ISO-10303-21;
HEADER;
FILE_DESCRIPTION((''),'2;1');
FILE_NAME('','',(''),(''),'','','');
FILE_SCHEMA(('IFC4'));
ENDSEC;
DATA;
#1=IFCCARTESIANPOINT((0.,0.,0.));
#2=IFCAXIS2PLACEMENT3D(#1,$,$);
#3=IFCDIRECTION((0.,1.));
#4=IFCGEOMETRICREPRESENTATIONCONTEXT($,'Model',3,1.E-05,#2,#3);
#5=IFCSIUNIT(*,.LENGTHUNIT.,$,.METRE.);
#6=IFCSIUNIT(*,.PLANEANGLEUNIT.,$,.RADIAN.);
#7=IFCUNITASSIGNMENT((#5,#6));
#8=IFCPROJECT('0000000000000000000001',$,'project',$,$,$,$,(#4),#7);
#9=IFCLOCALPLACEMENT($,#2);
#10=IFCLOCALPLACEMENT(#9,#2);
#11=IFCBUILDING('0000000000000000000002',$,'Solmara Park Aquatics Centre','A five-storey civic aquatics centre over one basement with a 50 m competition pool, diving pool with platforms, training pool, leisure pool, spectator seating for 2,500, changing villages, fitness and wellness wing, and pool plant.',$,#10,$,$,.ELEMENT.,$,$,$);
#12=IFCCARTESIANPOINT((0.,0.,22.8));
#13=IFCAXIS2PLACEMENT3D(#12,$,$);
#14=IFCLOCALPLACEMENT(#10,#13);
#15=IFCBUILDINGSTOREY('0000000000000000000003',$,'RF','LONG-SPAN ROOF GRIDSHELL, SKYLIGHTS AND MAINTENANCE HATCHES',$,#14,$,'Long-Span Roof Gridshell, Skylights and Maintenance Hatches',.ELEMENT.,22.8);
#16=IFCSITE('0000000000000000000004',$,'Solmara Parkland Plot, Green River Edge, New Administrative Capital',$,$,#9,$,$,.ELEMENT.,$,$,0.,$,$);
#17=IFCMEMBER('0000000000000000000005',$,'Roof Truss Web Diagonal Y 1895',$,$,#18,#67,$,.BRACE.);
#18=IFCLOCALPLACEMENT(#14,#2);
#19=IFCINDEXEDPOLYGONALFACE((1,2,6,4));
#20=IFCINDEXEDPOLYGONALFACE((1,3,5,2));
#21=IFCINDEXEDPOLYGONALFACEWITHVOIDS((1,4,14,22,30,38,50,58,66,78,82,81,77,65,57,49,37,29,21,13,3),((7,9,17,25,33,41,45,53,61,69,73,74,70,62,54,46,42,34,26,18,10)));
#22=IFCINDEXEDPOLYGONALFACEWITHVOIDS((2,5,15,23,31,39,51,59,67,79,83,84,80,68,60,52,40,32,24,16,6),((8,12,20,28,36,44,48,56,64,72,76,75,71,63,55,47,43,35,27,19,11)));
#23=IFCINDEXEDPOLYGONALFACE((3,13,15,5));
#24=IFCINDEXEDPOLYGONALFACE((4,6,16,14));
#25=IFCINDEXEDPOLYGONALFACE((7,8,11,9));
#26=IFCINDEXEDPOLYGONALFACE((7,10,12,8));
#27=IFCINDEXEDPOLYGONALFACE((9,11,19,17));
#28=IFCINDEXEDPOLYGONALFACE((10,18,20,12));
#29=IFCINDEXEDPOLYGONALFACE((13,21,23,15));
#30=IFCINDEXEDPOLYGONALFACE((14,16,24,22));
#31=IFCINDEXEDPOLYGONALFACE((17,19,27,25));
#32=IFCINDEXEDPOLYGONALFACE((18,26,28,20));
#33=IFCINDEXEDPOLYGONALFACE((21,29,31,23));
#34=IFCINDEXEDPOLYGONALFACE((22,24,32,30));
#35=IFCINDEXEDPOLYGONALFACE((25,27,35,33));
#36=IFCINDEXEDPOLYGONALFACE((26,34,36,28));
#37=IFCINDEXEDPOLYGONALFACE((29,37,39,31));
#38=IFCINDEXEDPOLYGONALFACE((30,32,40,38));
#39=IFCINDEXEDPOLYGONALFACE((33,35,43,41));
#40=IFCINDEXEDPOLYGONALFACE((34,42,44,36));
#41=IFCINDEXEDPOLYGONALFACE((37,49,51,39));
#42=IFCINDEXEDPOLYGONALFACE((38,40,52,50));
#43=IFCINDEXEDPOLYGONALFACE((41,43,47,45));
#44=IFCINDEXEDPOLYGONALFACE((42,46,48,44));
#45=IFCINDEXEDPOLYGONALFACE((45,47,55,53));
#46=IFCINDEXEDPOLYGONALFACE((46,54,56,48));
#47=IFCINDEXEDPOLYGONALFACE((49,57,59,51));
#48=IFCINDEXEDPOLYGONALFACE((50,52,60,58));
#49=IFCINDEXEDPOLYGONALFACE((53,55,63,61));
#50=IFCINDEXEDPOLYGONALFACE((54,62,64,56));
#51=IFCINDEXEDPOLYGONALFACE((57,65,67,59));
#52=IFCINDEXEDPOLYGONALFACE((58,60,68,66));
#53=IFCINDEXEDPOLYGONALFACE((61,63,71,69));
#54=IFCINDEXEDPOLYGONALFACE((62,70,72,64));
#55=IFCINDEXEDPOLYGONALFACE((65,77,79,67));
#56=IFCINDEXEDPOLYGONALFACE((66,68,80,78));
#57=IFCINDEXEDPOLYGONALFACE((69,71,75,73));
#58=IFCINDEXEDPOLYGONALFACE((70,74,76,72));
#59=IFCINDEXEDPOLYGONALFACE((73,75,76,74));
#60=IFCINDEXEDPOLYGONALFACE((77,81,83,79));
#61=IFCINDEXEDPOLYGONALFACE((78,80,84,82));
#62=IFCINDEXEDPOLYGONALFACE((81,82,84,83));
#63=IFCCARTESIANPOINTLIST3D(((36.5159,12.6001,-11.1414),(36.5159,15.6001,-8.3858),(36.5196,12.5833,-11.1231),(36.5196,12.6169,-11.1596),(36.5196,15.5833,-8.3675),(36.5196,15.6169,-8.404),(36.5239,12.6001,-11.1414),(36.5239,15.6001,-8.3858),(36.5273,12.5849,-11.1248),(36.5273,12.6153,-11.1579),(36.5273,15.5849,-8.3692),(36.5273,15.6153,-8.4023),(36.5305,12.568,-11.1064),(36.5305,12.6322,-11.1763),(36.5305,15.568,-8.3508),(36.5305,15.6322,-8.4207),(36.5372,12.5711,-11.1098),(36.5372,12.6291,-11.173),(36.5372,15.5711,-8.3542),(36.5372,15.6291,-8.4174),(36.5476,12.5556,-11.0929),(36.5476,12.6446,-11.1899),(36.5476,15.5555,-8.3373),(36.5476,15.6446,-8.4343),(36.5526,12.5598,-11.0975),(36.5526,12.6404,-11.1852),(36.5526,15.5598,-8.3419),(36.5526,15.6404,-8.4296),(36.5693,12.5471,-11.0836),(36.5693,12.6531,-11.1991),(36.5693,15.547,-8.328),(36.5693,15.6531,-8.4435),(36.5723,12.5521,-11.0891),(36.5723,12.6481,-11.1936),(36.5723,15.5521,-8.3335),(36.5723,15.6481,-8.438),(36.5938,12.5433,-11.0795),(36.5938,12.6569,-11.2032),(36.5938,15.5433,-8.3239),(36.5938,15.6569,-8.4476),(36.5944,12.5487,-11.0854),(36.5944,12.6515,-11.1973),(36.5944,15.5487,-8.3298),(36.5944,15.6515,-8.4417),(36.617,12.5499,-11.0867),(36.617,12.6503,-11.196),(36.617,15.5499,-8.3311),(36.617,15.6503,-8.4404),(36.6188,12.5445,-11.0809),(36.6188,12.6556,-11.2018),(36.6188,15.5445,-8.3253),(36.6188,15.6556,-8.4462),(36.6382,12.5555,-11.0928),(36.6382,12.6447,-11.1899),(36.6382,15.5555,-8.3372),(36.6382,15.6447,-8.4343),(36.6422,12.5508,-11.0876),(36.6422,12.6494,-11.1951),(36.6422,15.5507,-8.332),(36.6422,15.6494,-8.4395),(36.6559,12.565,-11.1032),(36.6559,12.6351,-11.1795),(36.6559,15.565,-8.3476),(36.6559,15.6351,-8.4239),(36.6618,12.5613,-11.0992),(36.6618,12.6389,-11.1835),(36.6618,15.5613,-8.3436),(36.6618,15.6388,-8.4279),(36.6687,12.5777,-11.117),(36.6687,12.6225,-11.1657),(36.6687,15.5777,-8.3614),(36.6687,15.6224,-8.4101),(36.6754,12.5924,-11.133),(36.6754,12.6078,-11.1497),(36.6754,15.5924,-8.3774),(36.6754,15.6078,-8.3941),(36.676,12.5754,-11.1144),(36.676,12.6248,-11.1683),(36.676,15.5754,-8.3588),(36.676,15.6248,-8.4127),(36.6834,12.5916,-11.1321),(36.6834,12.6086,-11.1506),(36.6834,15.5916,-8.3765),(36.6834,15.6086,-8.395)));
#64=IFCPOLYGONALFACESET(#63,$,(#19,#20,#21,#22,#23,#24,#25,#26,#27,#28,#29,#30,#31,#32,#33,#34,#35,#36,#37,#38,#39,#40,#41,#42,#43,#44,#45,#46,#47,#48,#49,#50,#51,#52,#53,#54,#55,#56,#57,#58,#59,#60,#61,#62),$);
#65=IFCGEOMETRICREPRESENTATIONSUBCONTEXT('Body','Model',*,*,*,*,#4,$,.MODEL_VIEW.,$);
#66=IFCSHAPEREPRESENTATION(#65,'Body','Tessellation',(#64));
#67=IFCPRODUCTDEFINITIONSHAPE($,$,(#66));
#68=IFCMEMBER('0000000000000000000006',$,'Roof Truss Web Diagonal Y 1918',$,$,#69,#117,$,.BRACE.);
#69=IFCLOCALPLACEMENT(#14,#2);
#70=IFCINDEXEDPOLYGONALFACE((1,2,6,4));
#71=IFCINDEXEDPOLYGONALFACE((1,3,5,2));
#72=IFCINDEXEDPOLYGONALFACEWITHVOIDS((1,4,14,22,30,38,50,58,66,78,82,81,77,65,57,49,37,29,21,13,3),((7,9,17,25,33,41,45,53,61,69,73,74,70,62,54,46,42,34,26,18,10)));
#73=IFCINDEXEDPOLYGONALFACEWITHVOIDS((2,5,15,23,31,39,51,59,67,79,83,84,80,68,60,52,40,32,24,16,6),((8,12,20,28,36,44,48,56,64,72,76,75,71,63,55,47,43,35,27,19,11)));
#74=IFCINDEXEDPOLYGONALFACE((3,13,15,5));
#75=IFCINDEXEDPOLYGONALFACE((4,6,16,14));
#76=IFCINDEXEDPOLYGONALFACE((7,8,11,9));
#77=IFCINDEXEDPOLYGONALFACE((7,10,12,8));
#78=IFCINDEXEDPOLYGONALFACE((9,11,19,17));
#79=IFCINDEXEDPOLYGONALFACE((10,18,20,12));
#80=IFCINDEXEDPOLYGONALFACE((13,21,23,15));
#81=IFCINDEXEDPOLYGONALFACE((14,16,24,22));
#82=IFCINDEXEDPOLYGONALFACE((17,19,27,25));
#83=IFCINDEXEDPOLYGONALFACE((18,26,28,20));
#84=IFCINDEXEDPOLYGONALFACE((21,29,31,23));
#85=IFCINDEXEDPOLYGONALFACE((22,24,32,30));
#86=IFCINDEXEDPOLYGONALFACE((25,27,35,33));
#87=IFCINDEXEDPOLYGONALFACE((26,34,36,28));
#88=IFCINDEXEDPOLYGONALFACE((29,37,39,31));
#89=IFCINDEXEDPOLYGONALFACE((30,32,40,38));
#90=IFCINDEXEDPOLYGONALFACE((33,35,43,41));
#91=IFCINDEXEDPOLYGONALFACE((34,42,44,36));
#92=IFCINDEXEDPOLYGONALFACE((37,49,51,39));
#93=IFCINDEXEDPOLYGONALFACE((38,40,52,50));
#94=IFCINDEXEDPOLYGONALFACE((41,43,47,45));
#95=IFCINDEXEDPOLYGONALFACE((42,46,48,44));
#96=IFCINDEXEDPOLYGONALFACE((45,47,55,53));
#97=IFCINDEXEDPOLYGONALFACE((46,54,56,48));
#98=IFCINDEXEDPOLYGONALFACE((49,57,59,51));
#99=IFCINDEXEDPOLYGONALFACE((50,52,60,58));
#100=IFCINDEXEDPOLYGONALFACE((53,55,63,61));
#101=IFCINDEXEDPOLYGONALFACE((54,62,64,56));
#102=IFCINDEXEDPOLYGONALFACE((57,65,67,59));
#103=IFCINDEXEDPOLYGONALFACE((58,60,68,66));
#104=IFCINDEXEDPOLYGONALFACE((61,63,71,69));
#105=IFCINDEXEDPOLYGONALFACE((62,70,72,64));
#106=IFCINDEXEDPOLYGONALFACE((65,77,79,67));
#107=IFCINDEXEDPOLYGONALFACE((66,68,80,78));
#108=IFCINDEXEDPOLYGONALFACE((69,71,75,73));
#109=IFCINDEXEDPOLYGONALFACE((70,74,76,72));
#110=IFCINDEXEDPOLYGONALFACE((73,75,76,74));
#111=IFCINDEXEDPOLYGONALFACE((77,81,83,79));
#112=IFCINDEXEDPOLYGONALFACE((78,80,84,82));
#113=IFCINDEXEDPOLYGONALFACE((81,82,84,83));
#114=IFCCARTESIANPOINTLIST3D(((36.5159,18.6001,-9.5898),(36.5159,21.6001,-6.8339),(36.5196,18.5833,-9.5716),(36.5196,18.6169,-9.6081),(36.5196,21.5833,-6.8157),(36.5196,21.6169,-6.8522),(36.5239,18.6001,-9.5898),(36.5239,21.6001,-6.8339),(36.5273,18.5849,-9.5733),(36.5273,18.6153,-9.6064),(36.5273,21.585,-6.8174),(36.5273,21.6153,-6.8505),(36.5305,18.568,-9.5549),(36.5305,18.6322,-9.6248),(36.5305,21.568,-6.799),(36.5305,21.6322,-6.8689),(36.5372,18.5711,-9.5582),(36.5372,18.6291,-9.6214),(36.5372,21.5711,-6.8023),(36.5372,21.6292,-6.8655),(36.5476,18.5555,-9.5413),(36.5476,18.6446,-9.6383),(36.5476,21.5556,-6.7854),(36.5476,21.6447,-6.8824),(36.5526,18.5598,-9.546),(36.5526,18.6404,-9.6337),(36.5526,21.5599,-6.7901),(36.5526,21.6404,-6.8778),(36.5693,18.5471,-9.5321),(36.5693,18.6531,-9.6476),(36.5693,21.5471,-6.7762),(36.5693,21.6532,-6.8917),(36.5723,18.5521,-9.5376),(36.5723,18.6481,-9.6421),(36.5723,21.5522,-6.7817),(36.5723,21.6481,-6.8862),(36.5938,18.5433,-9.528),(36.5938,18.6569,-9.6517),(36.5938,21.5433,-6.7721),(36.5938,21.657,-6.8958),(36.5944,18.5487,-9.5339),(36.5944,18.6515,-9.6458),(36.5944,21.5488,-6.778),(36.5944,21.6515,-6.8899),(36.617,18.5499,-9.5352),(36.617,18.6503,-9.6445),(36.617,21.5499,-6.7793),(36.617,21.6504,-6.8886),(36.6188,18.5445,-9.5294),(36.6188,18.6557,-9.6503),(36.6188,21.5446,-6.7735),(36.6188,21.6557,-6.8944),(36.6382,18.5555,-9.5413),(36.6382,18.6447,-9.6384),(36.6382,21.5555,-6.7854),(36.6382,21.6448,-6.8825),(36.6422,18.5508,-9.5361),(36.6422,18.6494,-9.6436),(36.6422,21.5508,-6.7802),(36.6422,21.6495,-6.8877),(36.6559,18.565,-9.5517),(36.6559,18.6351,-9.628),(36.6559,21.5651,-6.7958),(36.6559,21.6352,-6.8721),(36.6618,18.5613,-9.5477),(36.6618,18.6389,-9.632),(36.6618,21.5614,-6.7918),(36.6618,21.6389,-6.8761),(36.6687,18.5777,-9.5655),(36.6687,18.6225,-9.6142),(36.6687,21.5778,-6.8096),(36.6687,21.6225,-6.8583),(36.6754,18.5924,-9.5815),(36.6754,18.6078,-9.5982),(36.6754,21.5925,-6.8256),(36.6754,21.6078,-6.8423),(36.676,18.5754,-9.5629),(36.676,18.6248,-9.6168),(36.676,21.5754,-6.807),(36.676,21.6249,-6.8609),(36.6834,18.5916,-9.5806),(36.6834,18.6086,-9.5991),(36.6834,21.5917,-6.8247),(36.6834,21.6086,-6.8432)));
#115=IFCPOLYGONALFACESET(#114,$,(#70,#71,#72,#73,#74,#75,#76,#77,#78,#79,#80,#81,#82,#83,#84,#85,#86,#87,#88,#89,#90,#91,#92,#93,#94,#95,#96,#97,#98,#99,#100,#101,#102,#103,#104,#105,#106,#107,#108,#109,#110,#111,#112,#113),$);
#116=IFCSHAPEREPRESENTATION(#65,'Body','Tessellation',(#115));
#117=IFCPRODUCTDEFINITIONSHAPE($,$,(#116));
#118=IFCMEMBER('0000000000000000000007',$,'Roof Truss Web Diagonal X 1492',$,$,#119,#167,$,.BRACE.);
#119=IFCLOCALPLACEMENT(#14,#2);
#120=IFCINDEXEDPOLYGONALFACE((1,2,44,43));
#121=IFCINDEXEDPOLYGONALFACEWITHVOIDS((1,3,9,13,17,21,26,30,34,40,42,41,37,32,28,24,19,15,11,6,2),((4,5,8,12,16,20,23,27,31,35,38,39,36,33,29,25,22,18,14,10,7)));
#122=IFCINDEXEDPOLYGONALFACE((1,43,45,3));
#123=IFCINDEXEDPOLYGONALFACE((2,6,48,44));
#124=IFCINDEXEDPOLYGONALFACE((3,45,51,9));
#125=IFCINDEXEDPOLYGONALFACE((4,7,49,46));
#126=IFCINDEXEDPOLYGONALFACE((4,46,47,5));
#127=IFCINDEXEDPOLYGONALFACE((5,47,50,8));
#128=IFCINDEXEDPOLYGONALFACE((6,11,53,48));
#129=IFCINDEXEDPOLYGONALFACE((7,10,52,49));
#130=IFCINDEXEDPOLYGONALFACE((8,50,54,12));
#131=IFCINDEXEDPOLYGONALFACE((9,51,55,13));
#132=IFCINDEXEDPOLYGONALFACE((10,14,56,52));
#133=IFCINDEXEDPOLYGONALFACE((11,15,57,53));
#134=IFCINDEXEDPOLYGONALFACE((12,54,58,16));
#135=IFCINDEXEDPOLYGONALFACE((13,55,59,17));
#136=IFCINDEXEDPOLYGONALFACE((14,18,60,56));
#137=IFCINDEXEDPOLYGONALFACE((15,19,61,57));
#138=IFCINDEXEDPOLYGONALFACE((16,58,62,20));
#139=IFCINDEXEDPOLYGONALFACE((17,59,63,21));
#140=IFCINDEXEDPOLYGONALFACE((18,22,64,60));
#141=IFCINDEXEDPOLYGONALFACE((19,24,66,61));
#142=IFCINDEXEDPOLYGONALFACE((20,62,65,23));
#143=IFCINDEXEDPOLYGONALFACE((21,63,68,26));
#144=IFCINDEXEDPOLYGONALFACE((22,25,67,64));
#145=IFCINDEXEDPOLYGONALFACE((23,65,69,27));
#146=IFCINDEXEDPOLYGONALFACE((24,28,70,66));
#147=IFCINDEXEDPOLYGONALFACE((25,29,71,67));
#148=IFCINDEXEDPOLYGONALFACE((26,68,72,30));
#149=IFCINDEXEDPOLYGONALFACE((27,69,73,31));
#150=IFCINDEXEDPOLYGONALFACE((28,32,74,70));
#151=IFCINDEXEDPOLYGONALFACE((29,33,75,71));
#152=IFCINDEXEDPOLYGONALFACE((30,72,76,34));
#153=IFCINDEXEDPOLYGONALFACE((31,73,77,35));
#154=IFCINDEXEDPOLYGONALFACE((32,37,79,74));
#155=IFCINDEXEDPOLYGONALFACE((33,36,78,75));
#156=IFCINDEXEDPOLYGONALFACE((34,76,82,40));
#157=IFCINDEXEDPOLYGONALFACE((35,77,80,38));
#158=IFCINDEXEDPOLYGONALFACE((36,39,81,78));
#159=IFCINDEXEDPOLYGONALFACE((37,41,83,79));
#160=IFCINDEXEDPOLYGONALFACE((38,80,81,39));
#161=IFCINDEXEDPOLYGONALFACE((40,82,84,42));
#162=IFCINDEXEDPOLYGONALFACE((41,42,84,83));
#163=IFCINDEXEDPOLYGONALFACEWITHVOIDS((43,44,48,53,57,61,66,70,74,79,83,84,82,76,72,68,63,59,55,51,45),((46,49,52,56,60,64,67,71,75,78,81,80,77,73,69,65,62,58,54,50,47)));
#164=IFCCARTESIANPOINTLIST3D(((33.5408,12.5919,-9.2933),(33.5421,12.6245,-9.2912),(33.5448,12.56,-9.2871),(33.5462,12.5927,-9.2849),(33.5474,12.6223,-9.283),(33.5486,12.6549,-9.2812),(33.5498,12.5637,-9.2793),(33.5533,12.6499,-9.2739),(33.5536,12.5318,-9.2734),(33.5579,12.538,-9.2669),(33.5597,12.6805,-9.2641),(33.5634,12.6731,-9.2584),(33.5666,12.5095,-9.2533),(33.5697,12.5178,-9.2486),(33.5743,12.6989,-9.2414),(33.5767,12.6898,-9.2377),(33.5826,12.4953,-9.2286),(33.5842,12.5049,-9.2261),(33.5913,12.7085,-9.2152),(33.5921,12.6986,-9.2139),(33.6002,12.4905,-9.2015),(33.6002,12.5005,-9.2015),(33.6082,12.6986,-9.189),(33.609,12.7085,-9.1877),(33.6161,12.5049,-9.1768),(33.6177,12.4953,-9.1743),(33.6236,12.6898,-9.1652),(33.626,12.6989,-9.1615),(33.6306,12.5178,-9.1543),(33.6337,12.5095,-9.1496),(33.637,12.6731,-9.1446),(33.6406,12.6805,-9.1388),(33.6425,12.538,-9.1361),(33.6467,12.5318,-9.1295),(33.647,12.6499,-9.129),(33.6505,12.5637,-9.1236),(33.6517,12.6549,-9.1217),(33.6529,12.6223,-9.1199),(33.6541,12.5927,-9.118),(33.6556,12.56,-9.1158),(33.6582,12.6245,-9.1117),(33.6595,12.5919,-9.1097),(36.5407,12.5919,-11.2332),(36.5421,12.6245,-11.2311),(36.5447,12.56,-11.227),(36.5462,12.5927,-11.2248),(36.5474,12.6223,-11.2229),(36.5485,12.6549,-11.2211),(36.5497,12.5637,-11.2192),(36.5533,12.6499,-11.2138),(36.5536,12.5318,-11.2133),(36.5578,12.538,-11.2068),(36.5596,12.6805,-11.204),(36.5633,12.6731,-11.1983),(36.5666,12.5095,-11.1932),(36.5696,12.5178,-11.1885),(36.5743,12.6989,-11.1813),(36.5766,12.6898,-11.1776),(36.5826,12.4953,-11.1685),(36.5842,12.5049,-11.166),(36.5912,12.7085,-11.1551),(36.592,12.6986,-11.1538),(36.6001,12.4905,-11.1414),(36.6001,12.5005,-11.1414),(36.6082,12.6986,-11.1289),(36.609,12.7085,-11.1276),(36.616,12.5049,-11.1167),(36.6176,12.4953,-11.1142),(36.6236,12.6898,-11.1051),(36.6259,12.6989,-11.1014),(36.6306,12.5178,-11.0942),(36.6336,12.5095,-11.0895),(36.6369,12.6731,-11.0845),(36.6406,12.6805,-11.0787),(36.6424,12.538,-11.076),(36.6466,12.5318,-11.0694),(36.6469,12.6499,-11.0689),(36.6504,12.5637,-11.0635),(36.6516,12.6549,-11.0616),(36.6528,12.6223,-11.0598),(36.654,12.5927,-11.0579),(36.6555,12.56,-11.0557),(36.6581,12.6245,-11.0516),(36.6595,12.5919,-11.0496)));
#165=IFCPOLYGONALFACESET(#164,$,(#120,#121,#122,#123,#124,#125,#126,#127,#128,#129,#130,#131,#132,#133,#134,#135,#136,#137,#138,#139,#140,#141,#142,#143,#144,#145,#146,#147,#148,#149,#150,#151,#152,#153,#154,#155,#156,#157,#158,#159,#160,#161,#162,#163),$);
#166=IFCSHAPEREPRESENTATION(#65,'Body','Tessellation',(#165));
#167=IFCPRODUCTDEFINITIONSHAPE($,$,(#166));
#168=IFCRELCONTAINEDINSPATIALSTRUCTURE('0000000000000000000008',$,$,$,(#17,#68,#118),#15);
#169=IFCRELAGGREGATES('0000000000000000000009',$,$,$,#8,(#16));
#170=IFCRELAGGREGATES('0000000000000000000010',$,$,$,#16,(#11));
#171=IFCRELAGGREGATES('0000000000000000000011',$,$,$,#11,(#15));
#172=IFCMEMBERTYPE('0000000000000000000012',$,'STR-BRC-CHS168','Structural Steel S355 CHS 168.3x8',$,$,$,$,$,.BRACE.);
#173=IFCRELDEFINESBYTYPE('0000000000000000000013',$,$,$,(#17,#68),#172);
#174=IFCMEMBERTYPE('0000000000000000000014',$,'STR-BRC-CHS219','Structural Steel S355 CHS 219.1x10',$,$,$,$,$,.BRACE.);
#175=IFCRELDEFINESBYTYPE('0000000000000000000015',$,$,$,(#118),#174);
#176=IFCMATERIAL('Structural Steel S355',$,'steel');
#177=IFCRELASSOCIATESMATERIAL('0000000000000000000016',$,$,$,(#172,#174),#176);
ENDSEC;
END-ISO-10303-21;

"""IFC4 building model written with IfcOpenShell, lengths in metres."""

from ifc_helpers import new_model, si_unit, direction, frame, origin, origin_2d, place, context, subcontext, project, spatial, hollow_circle, extrude, material, material_profile, profile_set, type_object, element, save


model = new_model("IFC4")

# Units and contexts
model_context = context("Model", 3, precision=1e-05, world=origin(), true_north=direction((0.0, 1.0)))
body_context = subcontext(model_context, "Body", "Model", "MODEL_VIEW")
ifc_project = project(units=[si_unit("LENGTHUNIT", "METRE"), si_unit("PLANEANGLEUNIT", "RADIAN")], contexts=[model_context])

# Site, building, storey
site_placement = place(None, origin())
site = spatial("IfcSite", under=ifc_project, at=site_placement, Name="Solmara Parkland Plot, Green River Edge, New Administrative Capital", CompositionType="ELEMENT", RefElevation=0.0)
building_placement = place(site_placement, origin())
building = spatial("IfcBuilding", under=site, at=building_placement, Name="Solmara Park Aquatics Centre", Description="A five-storey civic aquatics centre over one basement with a 50 m competition pool, diving pool with platforms, training pool, leisure pool, spectator seating for 2,500, changing villages, fitness and wellness wing, and pool plant.", CompositionType="ELEMENT")
storey_placement = place(building_placement, frame((0.0, 0.0, 22.8)))
storey = spatial("IfcBuildingStorey", under=building, at=storey_placement, Name="RF", Description="LONG-SPAN ROOF GRIDSHELL, SKYLIGHTS AND MAINTENANCE HATCHES", LongName="Long-Span Roof Gridshell, Skylights and Maintenance Hatches", CompositionType="ELEMENT", Elevation=22.8)

# Members
ifc_material_1 = material(Name="Structural Steel S355", Category="steel")
ifc_material_profile_1 = material_profile(ifc_material_1, hollow_circle(Radius=0.0842, WallThickness=0.0081, at=origin_2d()), Name="CHS 168.3x8")
ifc_profile_set_1 = profile_set([ifc_material_profile_1], Name="Structural Steel S355")
member_type_1 = type_object("IfcMemberType", Name="STR-BRC-CHS168", Description="Structural Steel S355 CHS 168.3x8", PredefinedType="BRACE", material=ifc_profile_set_1)
member_1_placement = place(storey_placement, frame((36.6001, 12.6001, -11.1414), z_axis=(0.0, 0.736467, 0.676473), x_axis=(-1.0, 0.0, 0.0)))
element("IfcMember", 1, at=member_1_placement, inside=storey, type_object=member_type_1, Name="Roof Truss Web Diagonal Y 1895", PredefinedType="BRACE", context=body_context, shape_type="SweptSolid", body=[
    extrude(hollow_circle(Radius=0.0842, WallThickness=0.0081, at=origin_2d()), origin(), (0.0, 0.0, 1.0), 4.0735),
])
member_2_placement = place(storey_placement, frame((36.6001, 18.6001, -9.5898), z_axis=(0.0, 0.736437, 0.676506), x_axis=(-1.0, 0.0, 0.0)))
element("IfcMember", 2, at=member_2_placement, inside=storey, type_object=member_type_1, Name="Roof Truss Web Diagonal Y 1918", PredefinedType="BRACE", context=body_context, shape_type="SweptSolid", body=[
    extrude(hollow_circle(Radius=0.0842, WallThickness=0.0081, at=origin_2d()), origin(), (0.0, 0.0, 1.0), 4.0737),
])
ifc_material_profile_2 = material_profile(ifc_material_1, hollow_circle(Radius=0.1096, WallThickness=0.01, at=origin_2d()), Name="CHS 219.1x10")
ifc_profile_set_2 = profile_set([ifc_material_profile_2], Name="Structural Steel S355")
member_type_2 = type_object("IfcMemberType", Name="STR-BRC-CHS219", Description="Structural Steel S355 CHS 219.1x10", PredefinedType="BRACE", material=ifc_profile_set_2)
for number, where, z_axis, x_axis, name in (
    (3, (36.6001, 12.6001, -11.1414), (-0.839728, 0.0, 0.543008), (0.0, -1.0, 0.0), "Roof Truss Web Diagonal X 1492"),
):
    element("IfcMember", number, at=place(storey_placement, frame(where, z_axis=z_axis, x_axis=x_axis)), inside=storey, type_object=member_type_2, Name=name, PredefinedType="BRACE", context=body_context, shape_type="SweptSolid", body=[
        extrude(hollow_circle(Radius=0.1096, WallThickness=0.01, at=origin_2d()), origin(), (0.0, 0.0, 1.0), 3.5725),
    ])

save(model, "model.ifc")
